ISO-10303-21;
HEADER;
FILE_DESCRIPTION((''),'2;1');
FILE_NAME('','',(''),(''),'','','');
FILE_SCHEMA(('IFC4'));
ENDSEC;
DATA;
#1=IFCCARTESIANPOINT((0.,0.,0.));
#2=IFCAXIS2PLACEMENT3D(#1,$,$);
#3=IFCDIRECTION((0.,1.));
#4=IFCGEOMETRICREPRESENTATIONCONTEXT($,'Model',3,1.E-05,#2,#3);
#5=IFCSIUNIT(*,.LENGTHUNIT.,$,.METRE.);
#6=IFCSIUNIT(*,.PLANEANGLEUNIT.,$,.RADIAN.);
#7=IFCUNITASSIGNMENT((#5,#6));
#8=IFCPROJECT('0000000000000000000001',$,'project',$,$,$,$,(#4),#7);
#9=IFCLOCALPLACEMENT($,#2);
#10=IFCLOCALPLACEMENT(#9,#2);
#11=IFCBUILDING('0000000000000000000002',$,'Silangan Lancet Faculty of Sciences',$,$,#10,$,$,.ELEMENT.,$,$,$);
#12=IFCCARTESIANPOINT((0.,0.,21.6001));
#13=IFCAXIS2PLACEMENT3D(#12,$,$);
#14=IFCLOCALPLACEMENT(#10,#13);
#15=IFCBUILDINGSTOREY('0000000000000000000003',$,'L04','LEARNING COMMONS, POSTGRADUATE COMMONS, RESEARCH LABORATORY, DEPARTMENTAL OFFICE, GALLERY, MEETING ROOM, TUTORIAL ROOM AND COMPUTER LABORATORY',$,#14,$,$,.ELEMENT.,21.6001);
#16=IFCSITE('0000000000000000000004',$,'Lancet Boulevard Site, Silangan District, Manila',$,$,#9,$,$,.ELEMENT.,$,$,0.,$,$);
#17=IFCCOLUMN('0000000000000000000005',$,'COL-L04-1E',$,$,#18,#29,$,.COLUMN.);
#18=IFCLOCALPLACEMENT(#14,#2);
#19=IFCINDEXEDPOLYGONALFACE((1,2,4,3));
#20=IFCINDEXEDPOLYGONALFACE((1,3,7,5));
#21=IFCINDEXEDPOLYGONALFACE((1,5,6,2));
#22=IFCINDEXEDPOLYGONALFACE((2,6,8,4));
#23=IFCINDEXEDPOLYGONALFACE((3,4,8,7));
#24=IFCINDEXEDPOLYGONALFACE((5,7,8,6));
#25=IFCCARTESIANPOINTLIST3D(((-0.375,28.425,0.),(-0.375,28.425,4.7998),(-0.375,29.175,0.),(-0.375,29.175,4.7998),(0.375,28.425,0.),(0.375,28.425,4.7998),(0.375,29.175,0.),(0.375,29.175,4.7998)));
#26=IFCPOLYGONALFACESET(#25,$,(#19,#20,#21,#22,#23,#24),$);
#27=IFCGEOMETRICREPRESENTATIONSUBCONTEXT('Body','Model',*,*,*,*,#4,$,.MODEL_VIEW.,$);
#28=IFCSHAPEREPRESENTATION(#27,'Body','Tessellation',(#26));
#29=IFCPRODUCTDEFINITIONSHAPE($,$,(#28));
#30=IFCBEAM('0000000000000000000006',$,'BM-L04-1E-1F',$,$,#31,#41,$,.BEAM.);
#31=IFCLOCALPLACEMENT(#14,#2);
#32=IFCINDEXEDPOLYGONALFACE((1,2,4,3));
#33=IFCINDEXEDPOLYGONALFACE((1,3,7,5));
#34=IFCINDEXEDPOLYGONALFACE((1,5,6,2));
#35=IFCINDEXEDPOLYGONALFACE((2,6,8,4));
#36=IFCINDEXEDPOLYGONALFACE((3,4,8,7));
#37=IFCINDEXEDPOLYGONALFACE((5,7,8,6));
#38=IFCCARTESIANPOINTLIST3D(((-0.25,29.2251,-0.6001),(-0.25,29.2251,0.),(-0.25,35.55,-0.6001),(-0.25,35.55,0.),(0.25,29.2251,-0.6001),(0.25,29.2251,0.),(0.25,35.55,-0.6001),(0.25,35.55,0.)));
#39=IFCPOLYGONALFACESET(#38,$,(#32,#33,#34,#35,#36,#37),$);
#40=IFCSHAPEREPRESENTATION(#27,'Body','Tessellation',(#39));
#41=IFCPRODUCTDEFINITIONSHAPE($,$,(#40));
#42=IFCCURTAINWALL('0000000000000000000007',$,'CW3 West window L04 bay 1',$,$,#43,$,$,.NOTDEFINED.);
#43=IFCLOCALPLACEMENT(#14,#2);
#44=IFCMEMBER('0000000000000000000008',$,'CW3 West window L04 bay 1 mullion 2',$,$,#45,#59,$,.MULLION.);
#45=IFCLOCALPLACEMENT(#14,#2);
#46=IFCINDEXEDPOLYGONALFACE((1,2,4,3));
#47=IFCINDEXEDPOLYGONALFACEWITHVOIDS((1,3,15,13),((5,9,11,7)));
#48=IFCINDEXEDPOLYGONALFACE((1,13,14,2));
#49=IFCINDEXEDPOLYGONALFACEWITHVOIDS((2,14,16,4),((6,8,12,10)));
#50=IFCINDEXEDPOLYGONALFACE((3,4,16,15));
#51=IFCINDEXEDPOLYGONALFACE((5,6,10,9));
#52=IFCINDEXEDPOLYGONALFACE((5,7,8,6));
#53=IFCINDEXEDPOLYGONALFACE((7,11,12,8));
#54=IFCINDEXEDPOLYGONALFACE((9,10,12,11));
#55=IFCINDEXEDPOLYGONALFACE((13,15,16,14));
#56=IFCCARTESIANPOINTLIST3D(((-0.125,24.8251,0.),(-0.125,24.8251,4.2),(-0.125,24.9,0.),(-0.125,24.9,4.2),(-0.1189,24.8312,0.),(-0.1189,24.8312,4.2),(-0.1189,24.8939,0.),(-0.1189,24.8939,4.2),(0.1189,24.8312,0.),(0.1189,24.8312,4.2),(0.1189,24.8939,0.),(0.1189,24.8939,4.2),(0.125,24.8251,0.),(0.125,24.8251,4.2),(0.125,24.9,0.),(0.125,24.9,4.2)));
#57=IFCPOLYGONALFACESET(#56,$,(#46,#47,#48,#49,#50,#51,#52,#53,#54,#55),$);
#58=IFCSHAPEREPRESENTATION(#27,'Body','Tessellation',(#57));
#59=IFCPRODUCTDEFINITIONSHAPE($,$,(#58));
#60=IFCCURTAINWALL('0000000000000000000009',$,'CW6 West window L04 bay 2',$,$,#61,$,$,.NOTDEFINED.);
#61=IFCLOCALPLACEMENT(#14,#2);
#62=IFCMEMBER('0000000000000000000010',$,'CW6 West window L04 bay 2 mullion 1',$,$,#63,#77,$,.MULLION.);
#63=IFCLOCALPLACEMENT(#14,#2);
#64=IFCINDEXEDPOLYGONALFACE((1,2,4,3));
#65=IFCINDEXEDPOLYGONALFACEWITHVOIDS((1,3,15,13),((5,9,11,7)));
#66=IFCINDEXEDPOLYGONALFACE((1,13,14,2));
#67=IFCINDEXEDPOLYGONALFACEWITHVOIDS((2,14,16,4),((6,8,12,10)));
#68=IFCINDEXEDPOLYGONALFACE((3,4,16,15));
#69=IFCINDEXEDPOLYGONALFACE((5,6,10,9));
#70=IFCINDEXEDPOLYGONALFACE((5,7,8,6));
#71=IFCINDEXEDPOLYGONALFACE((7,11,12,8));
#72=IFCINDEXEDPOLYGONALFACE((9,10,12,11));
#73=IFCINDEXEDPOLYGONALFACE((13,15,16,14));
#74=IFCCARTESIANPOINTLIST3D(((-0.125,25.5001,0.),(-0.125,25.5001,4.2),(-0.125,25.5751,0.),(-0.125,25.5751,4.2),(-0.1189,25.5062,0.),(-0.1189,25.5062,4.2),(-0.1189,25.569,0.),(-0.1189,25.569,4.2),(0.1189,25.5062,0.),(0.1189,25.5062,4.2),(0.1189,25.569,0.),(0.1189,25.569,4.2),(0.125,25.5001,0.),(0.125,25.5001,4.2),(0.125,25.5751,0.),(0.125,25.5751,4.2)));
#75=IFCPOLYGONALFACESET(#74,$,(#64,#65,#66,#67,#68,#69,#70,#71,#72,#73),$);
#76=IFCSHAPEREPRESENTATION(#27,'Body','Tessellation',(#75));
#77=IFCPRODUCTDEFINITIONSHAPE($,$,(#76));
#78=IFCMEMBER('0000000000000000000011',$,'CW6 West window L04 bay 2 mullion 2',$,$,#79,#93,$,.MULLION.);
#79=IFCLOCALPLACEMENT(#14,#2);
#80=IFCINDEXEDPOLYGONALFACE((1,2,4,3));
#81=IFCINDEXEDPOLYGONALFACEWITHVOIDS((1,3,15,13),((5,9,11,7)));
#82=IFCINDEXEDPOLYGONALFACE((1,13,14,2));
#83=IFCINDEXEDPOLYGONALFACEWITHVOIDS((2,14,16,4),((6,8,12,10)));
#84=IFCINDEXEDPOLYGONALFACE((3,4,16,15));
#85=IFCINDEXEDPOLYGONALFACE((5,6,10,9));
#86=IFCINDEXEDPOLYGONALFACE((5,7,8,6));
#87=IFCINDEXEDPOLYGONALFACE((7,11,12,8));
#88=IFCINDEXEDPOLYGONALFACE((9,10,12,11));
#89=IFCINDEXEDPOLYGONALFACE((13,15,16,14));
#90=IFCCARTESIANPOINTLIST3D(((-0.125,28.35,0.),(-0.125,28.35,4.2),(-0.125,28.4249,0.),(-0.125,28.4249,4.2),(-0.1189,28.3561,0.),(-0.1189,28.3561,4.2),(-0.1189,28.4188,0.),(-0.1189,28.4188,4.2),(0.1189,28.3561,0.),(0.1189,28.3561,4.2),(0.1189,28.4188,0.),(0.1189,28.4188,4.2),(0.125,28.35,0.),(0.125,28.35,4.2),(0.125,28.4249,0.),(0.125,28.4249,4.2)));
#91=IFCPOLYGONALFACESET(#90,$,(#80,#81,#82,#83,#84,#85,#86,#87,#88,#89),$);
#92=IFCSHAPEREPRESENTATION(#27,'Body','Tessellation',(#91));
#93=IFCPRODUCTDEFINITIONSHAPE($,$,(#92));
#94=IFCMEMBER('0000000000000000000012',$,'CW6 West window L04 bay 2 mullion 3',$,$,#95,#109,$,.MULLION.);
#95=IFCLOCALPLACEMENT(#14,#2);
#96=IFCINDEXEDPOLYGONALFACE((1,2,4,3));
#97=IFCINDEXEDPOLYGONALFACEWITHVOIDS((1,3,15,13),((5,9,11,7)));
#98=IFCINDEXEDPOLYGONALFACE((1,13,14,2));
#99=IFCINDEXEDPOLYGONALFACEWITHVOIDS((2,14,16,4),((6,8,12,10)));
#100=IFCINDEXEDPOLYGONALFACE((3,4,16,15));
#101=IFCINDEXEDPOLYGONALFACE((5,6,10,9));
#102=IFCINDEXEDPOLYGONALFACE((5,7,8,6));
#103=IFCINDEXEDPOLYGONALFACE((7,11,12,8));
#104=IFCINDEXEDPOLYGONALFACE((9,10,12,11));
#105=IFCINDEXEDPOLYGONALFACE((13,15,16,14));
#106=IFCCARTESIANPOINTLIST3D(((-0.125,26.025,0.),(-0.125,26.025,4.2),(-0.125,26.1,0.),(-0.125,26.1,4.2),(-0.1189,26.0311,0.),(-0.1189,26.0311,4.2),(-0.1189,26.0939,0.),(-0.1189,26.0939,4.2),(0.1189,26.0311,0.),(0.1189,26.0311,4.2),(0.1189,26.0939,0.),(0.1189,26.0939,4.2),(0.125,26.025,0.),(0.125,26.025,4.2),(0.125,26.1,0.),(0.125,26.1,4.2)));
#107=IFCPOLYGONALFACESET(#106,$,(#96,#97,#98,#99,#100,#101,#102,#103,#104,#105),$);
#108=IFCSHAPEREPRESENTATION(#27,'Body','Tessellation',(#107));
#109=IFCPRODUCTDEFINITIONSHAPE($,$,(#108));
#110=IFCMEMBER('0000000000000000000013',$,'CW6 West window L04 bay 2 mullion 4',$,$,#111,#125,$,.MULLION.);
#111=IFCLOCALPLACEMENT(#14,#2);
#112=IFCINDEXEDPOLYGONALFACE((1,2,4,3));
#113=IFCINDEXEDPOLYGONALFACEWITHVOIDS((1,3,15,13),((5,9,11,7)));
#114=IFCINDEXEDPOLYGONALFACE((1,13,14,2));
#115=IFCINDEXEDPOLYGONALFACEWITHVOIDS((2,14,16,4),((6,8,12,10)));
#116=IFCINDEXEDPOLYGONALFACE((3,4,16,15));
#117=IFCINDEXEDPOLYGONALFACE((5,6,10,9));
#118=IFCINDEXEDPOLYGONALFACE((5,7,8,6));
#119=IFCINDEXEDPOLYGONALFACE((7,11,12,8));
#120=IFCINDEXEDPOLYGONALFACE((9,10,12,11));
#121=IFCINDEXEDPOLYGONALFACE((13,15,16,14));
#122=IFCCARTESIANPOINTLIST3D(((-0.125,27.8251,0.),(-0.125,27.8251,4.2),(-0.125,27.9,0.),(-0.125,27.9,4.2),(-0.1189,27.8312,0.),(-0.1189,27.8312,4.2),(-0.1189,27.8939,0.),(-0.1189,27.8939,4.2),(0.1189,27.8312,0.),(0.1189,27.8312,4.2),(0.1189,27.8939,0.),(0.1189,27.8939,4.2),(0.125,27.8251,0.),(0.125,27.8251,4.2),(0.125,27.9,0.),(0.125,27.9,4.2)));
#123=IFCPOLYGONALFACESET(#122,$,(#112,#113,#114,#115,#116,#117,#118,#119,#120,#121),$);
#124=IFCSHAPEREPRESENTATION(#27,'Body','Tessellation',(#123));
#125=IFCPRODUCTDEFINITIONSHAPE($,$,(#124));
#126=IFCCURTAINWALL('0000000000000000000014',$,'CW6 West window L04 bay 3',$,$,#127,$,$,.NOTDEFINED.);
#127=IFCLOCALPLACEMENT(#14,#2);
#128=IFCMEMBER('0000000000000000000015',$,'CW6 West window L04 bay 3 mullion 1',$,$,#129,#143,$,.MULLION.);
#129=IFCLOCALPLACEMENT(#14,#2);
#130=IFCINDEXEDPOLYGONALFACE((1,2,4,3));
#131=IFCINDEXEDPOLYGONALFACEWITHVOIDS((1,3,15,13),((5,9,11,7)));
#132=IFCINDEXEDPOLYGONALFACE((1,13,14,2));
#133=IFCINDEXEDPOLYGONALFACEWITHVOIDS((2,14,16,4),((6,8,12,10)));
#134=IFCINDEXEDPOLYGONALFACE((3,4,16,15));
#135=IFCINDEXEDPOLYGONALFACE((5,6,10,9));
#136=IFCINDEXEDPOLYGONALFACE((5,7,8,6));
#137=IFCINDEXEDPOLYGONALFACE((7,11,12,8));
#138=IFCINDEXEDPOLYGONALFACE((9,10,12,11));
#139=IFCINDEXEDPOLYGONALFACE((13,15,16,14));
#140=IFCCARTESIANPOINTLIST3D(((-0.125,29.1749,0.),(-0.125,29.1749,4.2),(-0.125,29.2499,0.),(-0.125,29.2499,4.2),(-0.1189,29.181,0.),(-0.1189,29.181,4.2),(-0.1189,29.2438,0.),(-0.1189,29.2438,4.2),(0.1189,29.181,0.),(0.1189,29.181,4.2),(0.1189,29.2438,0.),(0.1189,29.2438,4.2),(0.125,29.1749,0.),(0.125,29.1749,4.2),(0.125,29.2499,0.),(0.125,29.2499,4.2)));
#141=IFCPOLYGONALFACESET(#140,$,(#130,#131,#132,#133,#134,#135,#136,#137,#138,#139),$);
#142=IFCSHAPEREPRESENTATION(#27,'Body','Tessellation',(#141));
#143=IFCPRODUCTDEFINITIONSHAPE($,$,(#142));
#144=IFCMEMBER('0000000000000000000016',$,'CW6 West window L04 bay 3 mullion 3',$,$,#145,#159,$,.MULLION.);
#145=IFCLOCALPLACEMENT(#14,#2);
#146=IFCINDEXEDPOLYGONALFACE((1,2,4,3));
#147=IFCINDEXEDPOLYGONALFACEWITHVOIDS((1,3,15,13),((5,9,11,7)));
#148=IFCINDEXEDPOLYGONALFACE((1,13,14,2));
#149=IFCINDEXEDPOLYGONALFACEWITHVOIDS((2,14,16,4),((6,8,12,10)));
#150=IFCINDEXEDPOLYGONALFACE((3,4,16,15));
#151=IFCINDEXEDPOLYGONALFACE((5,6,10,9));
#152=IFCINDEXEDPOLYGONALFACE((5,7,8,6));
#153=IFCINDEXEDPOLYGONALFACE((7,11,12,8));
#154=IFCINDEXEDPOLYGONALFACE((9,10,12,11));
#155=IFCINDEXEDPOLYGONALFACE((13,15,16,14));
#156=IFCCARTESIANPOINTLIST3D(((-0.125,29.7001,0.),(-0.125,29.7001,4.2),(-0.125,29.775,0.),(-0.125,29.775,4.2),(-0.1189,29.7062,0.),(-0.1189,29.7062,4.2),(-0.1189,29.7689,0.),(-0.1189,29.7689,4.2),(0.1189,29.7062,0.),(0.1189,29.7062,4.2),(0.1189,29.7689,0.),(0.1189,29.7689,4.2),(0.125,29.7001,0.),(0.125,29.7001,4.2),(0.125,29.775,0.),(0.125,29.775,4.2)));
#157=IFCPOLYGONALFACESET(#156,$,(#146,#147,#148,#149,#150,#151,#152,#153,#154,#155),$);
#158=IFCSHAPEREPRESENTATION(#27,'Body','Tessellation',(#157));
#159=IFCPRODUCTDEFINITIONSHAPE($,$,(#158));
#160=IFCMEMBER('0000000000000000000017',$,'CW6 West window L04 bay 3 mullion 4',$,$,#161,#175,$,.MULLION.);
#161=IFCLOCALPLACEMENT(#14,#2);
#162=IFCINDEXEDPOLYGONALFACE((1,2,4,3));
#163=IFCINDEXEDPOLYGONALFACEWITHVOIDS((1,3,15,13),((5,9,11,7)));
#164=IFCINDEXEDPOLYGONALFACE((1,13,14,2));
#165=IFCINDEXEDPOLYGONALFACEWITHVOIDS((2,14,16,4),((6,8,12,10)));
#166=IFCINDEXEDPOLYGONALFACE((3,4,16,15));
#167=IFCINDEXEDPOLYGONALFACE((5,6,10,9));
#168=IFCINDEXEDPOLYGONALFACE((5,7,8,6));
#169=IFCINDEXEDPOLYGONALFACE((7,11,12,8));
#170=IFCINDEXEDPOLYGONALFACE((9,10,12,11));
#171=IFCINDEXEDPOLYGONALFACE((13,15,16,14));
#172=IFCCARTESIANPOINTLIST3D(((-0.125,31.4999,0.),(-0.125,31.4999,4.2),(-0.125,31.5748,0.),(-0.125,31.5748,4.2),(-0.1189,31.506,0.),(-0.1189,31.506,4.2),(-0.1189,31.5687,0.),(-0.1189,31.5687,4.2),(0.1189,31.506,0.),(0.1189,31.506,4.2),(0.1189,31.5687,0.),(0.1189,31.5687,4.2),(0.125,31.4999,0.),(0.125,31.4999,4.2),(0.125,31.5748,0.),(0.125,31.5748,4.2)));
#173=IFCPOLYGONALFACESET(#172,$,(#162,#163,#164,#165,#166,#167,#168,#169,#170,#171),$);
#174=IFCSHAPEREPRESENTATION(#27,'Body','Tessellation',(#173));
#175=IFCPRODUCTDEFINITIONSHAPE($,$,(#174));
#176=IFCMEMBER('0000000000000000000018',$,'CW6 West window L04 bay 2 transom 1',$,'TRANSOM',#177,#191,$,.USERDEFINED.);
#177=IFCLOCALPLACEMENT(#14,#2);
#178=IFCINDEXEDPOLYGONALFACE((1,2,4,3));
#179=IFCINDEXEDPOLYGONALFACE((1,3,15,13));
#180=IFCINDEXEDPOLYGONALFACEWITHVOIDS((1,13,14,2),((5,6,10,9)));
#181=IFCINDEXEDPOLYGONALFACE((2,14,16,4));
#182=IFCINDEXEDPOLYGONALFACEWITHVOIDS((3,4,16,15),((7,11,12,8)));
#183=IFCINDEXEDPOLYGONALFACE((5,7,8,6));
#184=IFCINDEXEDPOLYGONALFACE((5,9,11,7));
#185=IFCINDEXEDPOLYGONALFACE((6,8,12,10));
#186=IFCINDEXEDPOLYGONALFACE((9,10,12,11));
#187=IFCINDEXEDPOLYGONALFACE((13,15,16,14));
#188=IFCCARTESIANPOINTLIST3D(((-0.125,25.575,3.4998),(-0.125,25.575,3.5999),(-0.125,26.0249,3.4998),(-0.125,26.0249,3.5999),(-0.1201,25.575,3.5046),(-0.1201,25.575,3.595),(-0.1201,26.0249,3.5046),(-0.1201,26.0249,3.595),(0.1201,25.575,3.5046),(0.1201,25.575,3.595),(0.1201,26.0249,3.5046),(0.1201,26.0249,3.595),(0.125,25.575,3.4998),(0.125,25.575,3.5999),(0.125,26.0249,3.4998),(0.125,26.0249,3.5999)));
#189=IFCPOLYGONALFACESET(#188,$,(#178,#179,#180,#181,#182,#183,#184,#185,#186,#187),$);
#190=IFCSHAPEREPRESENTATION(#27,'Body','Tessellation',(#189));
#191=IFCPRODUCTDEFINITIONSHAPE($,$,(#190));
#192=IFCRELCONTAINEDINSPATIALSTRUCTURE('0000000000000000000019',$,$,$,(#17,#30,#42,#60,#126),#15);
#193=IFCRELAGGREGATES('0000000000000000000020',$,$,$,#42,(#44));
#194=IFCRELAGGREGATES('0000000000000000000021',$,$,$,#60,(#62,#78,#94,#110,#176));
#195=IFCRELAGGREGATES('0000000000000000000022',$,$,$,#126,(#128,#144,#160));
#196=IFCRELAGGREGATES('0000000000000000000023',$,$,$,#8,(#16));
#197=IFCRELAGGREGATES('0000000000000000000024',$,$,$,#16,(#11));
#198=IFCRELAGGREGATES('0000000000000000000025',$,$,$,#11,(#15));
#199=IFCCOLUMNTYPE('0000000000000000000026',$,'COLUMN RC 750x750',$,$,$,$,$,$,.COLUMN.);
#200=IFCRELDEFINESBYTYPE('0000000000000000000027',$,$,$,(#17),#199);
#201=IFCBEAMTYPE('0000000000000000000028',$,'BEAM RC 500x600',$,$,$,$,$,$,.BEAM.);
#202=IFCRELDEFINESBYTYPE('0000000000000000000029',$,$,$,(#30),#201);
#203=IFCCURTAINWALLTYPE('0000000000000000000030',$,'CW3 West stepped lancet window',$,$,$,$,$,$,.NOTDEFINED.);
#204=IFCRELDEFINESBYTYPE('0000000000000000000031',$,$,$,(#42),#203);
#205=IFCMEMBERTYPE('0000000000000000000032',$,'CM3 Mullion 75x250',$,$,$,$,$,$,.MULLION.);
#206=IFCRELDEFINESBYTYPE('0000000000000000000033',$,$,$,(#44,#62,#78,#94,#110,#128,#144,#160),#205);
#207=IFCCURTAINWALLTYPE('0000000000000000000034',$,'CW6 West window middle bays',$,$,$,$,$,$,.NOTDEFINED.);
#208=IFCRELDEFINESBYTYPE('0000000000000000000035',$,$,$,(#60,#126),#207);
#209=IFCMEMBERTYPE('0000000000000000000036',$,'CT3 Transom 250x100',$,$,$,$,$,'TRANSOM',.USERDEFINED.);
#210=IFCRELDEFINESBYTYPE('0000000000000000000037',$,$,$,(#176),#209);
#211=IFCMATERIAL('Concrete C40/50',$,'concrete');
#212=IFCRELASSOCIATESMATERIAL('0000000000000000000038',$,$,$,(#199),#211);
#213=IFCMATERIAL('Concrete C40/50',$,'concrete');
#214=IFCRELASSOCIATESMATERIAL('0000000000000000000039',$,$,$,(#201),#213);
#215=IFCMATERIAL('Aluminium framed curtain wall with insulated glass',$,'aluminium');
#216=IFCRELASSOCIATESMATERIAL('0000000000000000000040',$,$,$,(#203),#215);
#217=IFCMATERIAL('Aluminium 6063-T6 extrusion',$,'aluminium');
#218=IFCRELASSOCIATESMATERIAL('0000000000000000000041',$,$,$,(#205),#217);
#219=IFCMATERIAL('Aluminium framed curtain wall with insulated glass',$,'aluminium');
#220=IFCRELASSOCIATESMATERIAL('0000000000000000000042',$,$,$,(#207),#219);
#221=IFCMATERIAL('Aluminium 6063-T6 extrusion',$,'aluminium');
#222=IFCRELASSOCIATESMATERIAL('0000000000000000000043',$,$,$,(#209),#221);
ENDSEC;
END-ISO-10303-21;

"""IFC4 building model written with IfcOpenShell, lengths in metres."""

from ifc_helpers import new_model, si_unit, direction, frame, origin, origin_2d, place, context, subcontext, project, spatial, rectangle, hollow_rectangle, extrude, material, material_profile, profile_set, type_object, element, aggregate, save


model = new_model("IFC4")

# Units and contexts
model_context = context("Model", 3, precision=1e-05, world=origin(), true_north=direction((0.0, 1.0)))
body_context = subcontext(model_context, "Body", "Model", "MODEL_VIEW")
ifc_project = project(units=[si_unit("LENGTHUNIT", "METRE"), si_unit("PLANEANGLEUNIT", "RADIAN")], contexts=[model_context])

# Site, building, storey
site_placement = place(None, origin())
site = spatial("IfcSite", under=ifc_project, at=site_placement, Name="Lancet Boulevard Site, Silangan District, Manila", CompositionType="ELEMENT", RefElevation=0.0)
building_placement = place(site_placement, origin())
building = spatial("IfcBuilding", under=site, at=building_placement, Name="Silangan Lancet Faculty of Sciences", CompositionType="ELEMENT")
storey_placement = place(building_placement, frame((0.0, 0.0, 21.6001)))
storey = spatial("IfcBuildingStorey", under=building, at=storey_placement, Name="L04", Description="LEARNING COMMONS, POSTGRADUATE COMMONS, RESEARCH LABORATORY, DEPARTMENTAL OFFICE, GALLERY, MEETING ROOM, TUTORIAL ROOM AND COMPUTER LABORATORY", CompositionType="ELEMENT", Elevation=21.6001)

# Column
ifc_material_1 = material(Name="Concrete C40/50", Category="concrete")
ifc_material_profile_1 = material_profile(ifc_material_1, rectangle(XDim=0.75, YDim=0.75, at=origin_2d()), Name="RC 750x750")
ifc_profile_set_1 = profile_set([ifc_material_profile_1], Name="Concrete C40/50")
column_type = type_object("IfcColumnType", Name="COLUMN RC 750x750", PredefinedType="COLUMN", material=ifc_profile_set_1)
column_placement = place(storey_placement, frame((0.0, 28.8, 0.0), z_axis=(0.0, 0.0, 1.0), x_axis=(1.0, 0.0, 0.0)))
element("IfcColumn", 1, at=column_placement, inside=storey, type_object=column_type, Name="COL-L04-1E", PredefinedType="COLUMN", context=body_context, shape_type="SweptSolid", body=[
    extrude(rectangle(XDim=0.75, YDim=0.75, at=origin_2d()), origin(), (0.0, 0.0, 1.0), 4.7998),
])

# Beam
ifc_material_2 = material(Name="Concrete C40/50", Category="concrete")
ifc_material_profile_2 = material_profile(ifc_material_2, rectangle(XDim=0.5, YDim=0.6001, at=origin_2d()), Name="RC 500x600")
ifc_profile_set_2 = profile_set([ifc_material_profile_2], Name="Concrete C40/50")
beam_type = type_object("IfcBeamType", Name="BEAM RC 500x600", PredefinedType="BEAM", material=ifc_profile_set_2)
beam_placement = place(storey_placement, frame((0.0, 29.2251, -0.3), z_axis=(0.0, 1.0, 0.0), x_axis=(-1.0, 0.0, 0.0)))
element("IfcBeam", 2, at=beam_placement, inside=storey, type_object=beam_type, Name="BM-L04-1E-1F", PredefinedType="BEAM", context=body_context, shape_type="SweptSolid", body=[
    extrude(rectangle(XDim=0.5, YDim=0.6001, at=origin_2d()), origin(), (0.0, 0.0, 1.0), 6.325),
])

# Curtain wall, member
ifc_material_3 = material(Name="Aluminium framed curtain wall with insulated glass", Category="aluminium")
curtain_wall_type_1 = type_object("IfcCurtainWallType", Name="CW3 West stepped lancet window", PredefinedType="NOTDEFINED", material=ifc_material_3)
curtain_wall_1_placement = place(storey_placement, origin())
curtain_wall_1 = element("IfcCurtainWall", 3, at=curtain_wall_1_placement, inside=storey, type_object=curtain_wall_type_1, Name="CW3 West window L04 bay 1", PredefinedType="NOTDEFINED")
ifc_material_4 = material(Name="Aluminium 6063-T6 extrusion", Category="aluminium")
ifc_material_profile_3 = material_profile(ifc_material_4, hollow_rectangle(XDim=0.075, YDim=0.25, WallThickness=0.0061, at=origin_2d()), Name="AL BOX 75x250x6")
ifc_profile_set_3 = profile_set([ifc_material_profile_3], Name="Aluminium 6063-T6 extrusion")
member_type_1 = type_object("IfcMemberType", Name="CM3 Mullion 75x250", PredefinedType="MULLION", material=ifc_profile_set_3)
member_1_placement = place(storey_placement, frame((0.0, 24.8625, 0.0), z_axis=(0.0, 0.0, 1.0), x_axis=(0.0, 1.0, 0.0)))
member_1 = element("IfcMember", 4, at=member_1_placement, type_object=member_type_1, Name="CW3 West window L04 bay 1 mullion 2", PredefinedType="MULLION", context=body_context, shape_type="SweptSolid", body=[
    extrude(hollow_rectangle(XDim=0.075, YDim=0.25, WallThickness=0.0061, at=origin_2d()), origin(), (0.0, 0.0, 1.0), 4.2),
])
aggregate(curtain_wall_1, [member_1])

# Curtain walls, members
ifc_material_5 = material(Name="Aluminium framed curtain wall with insulated glass", Category="aluminium")
curtain_wall_type_2 = type_object("IfcCurtainWallType", Name="CW6 West window middle bays", PredefinedType="NOTDEFINED", material=ifc_material_5)
curtain_wall_2_placement = place(storey_placement, origin())
curtain_wall_2 = element("IfcCurtainWall", 5, at=curtain_wall_2_placement, inside=storey, type_object=curtain_wall_type_2, Name="CW6 West window L04 bay 2", PredefinedType="NOTDEFINED")
member_2_placement = place(storey_placement, frame((0.0, 25.5376, 0.0), z_axis=(0.0, 0.0, 1.0), x_axis=(0.0, 1.0, 0.0)))
member_2 = element("IfcMember", 6, at=member_2_placement, type_object=member_type_1, Name="CW6 West window L04 bay 2 mullion 1", PredefinedType="MULLION", context=body_context, shape_type="SweptSolid", body=[
    extrude(hollow_rectangle(XDim=0.075, YDim=0.25, WallThickness=0.0061, at=origin_2d()), origin(), (0.0, 0.0, 1.0), 4.2),
])
member_3_placement = place(storey_placement, frame((0.0, 28.3875, 0.0), z_axis=(0.0, 0.0, 1.0), x_axis=(0.0, 1.0, 0.0)))
member_3 = element("IfcMember", 7, at=member_3_placement, type_object=member_type_1, Name="CW6 West window L04 bay 2 mullion 2", PredefinedType="MULLION", context=body_context, shape_type="SweptSolid", body=[
    extrude(hollow_rectangle(XDim=0.075, YDim=0.25, WallThickness=0.0061, at=origin_2d()), origin(), (0.0, 0.0, 1.0), 4.2),
])
member_4_placement = place(storey_placement, frame((0.0, 26.0625, 0.0), z_axis=(0.0, 0.0, 1.0), x_axis=(0.0, 1.0, 0.0)))
member_4 = element("IfcMember", 8, at=member_4_placement, type_object=member_type_1, Name="CW6 West window L04 bay 2 mullion 3", PredefinedType="MULLION", context=body_context, shape_type="SweptSolid", body=[
    extrude(hollow_rectangle(XDim=0.075, YDim=0.25, WallThickness=0.0061, at=origin_2d()), origin(), (0.0, 0.0, 1.0), 4.2),
])
member_5_placement = place(storey_placement, frame((0.0, 27.8625, 0.0), z_axis=(0.0, 0.0, 1.0), x_axis=(0.0, 1.0, 0.0)))
member_5 = element("IfcMember", 9, at=member_5_placement, type_object=member_type_1, Name="CW6 West window L04 bay 2 mullion 4", PredefinedType="MULLION", context=body_context, shape_type="SweptSolid", body=[
    extrude(hollow_rectangle(XDim=0.075, YDim=0.25, WallThickness=0.0061, at=origin_2d()), origin(), (0.0, 0.0, 1.0), 4.2),
])
curtain_wall_3_placement = place(storey_placement, origin())
curtain_wall_3 = element("IfcCurtainWall", 10, at=curtain_wall_3_placement, inside=storey, type_object=curtain_wall_type_2, Name="CW6 West window L04 bay 3", PredefinedType="NOTDEFINED")
member_6_placement = place(storey_placement, frame((0.0, 29.2124, 0.0), z_axis=(0.0, 0.0, 1.0), x_axis=(0.0, 1.0, 0.0)))
member_6 = element("IfcMember", 11, at=member_6_placement, type_object=member_type_1, Name="CW6 West window L04 bay 3 mullion 1", PredefinedType="MULLION", context=body_context, shape_type="SweptSolid", body=[
    extrude(hollow_rectangle(XDim=0.075, YDim=0.25, WallThickness=0.0061, at=origin_2d()), origin(), (0.0, 0.0, 1.0), 4.2),
])
member_7_placement = place(storey_placement, frame((0.0, 29.7375, 0.0), z_axis=(0.0, 0.0, 1.0), x_axis=(0.0, 1.0, 0.0)))
member_7 = element("IfcMember", 12, at=member_7_placement, type_object=member_type_1, Name="CW6 West window L04 bay 3 mullion 3", PredefinedType="MULLION", context=body_context, shape_type="SweptSolid", body=[
    extrude(hollow_rectangle(XDim=0.075, YDim=0.25, WallThickness=0.0061, at=origin_2d()), origin(), (0.0, 0.0, 1.0), 4.2),
])
member_8_placement = place(storey_placement, frame((0.0, 31.5374, 0.0), z_axis=(0.0, 0.0, 1.0), x_axis=(0.0, 1.0, 0.0)))
member_8 = element("IfcMember", 13, at=member_8_placement, type_object=member_type_1, Name="CW6 West window L04 bay 3 mullion 4", PredefinedType="MULLION", context=body_context, shape_type="SweptSolid", body=[
    extrude(hollow_rectangle(XDim=0.075, YDim=0.25, WallThickness=0.0061, at=origin_2d()), origin(), (0.0, 0.0, 1.0), 4.2),
])

# Member
ifc_material_6 = material(Name="Aluminium 6063-T6 extrusion", Category="aluminium")
ifc_material_profile_4 = material_profile(ifc_material_6, hollow_rectangle(XDim=0.25, YDim=0.1001, WallThickness=0.0049, at=origin_2d()), Name="AL BOX 250x100x5")
ifc_profile_set_4 = profile_set([ifc_material_profile_4], Name="Aluminium 6063-T6 extrusion")
member_type_2 = type_object("IfcMemberType", Name="CT3 Transom 250x100", ElementType="TRANSOM", PredefinedType="USERDEFINED", material=ifc_profile_set_4)
member_9_placement = place(storey_placement, frame((0.0, 25.575, 3.5498), z_axis=(0.0, 1.0, 0.0), x_axis=(-1.0, 0.0, 0.0)))
member_9 = element("IfcMember", 14, at=member_9_placement, type_object=member_type_2, Name="CW6 West window L04 bay 2 transom 1", ObjectType="TRANSOM", PredefinedType="USERDEFINED", context=body_context, shape_type="SweptSolid", body=[
    extrude(hollow_rectangle(XDim=0.25, YDim=0.1001, WallThickness=0.0049, at=origin_2d()), origin(), (0.0, 0.0, 1.0), 0.45),
])

aggregate(curtain_wall_2, [member_2, member_3, member_4, member_5, member_9])
aggregate(curtain_wall_3, [member_6, member_7, member_8])

save(model, "model.ifc")
